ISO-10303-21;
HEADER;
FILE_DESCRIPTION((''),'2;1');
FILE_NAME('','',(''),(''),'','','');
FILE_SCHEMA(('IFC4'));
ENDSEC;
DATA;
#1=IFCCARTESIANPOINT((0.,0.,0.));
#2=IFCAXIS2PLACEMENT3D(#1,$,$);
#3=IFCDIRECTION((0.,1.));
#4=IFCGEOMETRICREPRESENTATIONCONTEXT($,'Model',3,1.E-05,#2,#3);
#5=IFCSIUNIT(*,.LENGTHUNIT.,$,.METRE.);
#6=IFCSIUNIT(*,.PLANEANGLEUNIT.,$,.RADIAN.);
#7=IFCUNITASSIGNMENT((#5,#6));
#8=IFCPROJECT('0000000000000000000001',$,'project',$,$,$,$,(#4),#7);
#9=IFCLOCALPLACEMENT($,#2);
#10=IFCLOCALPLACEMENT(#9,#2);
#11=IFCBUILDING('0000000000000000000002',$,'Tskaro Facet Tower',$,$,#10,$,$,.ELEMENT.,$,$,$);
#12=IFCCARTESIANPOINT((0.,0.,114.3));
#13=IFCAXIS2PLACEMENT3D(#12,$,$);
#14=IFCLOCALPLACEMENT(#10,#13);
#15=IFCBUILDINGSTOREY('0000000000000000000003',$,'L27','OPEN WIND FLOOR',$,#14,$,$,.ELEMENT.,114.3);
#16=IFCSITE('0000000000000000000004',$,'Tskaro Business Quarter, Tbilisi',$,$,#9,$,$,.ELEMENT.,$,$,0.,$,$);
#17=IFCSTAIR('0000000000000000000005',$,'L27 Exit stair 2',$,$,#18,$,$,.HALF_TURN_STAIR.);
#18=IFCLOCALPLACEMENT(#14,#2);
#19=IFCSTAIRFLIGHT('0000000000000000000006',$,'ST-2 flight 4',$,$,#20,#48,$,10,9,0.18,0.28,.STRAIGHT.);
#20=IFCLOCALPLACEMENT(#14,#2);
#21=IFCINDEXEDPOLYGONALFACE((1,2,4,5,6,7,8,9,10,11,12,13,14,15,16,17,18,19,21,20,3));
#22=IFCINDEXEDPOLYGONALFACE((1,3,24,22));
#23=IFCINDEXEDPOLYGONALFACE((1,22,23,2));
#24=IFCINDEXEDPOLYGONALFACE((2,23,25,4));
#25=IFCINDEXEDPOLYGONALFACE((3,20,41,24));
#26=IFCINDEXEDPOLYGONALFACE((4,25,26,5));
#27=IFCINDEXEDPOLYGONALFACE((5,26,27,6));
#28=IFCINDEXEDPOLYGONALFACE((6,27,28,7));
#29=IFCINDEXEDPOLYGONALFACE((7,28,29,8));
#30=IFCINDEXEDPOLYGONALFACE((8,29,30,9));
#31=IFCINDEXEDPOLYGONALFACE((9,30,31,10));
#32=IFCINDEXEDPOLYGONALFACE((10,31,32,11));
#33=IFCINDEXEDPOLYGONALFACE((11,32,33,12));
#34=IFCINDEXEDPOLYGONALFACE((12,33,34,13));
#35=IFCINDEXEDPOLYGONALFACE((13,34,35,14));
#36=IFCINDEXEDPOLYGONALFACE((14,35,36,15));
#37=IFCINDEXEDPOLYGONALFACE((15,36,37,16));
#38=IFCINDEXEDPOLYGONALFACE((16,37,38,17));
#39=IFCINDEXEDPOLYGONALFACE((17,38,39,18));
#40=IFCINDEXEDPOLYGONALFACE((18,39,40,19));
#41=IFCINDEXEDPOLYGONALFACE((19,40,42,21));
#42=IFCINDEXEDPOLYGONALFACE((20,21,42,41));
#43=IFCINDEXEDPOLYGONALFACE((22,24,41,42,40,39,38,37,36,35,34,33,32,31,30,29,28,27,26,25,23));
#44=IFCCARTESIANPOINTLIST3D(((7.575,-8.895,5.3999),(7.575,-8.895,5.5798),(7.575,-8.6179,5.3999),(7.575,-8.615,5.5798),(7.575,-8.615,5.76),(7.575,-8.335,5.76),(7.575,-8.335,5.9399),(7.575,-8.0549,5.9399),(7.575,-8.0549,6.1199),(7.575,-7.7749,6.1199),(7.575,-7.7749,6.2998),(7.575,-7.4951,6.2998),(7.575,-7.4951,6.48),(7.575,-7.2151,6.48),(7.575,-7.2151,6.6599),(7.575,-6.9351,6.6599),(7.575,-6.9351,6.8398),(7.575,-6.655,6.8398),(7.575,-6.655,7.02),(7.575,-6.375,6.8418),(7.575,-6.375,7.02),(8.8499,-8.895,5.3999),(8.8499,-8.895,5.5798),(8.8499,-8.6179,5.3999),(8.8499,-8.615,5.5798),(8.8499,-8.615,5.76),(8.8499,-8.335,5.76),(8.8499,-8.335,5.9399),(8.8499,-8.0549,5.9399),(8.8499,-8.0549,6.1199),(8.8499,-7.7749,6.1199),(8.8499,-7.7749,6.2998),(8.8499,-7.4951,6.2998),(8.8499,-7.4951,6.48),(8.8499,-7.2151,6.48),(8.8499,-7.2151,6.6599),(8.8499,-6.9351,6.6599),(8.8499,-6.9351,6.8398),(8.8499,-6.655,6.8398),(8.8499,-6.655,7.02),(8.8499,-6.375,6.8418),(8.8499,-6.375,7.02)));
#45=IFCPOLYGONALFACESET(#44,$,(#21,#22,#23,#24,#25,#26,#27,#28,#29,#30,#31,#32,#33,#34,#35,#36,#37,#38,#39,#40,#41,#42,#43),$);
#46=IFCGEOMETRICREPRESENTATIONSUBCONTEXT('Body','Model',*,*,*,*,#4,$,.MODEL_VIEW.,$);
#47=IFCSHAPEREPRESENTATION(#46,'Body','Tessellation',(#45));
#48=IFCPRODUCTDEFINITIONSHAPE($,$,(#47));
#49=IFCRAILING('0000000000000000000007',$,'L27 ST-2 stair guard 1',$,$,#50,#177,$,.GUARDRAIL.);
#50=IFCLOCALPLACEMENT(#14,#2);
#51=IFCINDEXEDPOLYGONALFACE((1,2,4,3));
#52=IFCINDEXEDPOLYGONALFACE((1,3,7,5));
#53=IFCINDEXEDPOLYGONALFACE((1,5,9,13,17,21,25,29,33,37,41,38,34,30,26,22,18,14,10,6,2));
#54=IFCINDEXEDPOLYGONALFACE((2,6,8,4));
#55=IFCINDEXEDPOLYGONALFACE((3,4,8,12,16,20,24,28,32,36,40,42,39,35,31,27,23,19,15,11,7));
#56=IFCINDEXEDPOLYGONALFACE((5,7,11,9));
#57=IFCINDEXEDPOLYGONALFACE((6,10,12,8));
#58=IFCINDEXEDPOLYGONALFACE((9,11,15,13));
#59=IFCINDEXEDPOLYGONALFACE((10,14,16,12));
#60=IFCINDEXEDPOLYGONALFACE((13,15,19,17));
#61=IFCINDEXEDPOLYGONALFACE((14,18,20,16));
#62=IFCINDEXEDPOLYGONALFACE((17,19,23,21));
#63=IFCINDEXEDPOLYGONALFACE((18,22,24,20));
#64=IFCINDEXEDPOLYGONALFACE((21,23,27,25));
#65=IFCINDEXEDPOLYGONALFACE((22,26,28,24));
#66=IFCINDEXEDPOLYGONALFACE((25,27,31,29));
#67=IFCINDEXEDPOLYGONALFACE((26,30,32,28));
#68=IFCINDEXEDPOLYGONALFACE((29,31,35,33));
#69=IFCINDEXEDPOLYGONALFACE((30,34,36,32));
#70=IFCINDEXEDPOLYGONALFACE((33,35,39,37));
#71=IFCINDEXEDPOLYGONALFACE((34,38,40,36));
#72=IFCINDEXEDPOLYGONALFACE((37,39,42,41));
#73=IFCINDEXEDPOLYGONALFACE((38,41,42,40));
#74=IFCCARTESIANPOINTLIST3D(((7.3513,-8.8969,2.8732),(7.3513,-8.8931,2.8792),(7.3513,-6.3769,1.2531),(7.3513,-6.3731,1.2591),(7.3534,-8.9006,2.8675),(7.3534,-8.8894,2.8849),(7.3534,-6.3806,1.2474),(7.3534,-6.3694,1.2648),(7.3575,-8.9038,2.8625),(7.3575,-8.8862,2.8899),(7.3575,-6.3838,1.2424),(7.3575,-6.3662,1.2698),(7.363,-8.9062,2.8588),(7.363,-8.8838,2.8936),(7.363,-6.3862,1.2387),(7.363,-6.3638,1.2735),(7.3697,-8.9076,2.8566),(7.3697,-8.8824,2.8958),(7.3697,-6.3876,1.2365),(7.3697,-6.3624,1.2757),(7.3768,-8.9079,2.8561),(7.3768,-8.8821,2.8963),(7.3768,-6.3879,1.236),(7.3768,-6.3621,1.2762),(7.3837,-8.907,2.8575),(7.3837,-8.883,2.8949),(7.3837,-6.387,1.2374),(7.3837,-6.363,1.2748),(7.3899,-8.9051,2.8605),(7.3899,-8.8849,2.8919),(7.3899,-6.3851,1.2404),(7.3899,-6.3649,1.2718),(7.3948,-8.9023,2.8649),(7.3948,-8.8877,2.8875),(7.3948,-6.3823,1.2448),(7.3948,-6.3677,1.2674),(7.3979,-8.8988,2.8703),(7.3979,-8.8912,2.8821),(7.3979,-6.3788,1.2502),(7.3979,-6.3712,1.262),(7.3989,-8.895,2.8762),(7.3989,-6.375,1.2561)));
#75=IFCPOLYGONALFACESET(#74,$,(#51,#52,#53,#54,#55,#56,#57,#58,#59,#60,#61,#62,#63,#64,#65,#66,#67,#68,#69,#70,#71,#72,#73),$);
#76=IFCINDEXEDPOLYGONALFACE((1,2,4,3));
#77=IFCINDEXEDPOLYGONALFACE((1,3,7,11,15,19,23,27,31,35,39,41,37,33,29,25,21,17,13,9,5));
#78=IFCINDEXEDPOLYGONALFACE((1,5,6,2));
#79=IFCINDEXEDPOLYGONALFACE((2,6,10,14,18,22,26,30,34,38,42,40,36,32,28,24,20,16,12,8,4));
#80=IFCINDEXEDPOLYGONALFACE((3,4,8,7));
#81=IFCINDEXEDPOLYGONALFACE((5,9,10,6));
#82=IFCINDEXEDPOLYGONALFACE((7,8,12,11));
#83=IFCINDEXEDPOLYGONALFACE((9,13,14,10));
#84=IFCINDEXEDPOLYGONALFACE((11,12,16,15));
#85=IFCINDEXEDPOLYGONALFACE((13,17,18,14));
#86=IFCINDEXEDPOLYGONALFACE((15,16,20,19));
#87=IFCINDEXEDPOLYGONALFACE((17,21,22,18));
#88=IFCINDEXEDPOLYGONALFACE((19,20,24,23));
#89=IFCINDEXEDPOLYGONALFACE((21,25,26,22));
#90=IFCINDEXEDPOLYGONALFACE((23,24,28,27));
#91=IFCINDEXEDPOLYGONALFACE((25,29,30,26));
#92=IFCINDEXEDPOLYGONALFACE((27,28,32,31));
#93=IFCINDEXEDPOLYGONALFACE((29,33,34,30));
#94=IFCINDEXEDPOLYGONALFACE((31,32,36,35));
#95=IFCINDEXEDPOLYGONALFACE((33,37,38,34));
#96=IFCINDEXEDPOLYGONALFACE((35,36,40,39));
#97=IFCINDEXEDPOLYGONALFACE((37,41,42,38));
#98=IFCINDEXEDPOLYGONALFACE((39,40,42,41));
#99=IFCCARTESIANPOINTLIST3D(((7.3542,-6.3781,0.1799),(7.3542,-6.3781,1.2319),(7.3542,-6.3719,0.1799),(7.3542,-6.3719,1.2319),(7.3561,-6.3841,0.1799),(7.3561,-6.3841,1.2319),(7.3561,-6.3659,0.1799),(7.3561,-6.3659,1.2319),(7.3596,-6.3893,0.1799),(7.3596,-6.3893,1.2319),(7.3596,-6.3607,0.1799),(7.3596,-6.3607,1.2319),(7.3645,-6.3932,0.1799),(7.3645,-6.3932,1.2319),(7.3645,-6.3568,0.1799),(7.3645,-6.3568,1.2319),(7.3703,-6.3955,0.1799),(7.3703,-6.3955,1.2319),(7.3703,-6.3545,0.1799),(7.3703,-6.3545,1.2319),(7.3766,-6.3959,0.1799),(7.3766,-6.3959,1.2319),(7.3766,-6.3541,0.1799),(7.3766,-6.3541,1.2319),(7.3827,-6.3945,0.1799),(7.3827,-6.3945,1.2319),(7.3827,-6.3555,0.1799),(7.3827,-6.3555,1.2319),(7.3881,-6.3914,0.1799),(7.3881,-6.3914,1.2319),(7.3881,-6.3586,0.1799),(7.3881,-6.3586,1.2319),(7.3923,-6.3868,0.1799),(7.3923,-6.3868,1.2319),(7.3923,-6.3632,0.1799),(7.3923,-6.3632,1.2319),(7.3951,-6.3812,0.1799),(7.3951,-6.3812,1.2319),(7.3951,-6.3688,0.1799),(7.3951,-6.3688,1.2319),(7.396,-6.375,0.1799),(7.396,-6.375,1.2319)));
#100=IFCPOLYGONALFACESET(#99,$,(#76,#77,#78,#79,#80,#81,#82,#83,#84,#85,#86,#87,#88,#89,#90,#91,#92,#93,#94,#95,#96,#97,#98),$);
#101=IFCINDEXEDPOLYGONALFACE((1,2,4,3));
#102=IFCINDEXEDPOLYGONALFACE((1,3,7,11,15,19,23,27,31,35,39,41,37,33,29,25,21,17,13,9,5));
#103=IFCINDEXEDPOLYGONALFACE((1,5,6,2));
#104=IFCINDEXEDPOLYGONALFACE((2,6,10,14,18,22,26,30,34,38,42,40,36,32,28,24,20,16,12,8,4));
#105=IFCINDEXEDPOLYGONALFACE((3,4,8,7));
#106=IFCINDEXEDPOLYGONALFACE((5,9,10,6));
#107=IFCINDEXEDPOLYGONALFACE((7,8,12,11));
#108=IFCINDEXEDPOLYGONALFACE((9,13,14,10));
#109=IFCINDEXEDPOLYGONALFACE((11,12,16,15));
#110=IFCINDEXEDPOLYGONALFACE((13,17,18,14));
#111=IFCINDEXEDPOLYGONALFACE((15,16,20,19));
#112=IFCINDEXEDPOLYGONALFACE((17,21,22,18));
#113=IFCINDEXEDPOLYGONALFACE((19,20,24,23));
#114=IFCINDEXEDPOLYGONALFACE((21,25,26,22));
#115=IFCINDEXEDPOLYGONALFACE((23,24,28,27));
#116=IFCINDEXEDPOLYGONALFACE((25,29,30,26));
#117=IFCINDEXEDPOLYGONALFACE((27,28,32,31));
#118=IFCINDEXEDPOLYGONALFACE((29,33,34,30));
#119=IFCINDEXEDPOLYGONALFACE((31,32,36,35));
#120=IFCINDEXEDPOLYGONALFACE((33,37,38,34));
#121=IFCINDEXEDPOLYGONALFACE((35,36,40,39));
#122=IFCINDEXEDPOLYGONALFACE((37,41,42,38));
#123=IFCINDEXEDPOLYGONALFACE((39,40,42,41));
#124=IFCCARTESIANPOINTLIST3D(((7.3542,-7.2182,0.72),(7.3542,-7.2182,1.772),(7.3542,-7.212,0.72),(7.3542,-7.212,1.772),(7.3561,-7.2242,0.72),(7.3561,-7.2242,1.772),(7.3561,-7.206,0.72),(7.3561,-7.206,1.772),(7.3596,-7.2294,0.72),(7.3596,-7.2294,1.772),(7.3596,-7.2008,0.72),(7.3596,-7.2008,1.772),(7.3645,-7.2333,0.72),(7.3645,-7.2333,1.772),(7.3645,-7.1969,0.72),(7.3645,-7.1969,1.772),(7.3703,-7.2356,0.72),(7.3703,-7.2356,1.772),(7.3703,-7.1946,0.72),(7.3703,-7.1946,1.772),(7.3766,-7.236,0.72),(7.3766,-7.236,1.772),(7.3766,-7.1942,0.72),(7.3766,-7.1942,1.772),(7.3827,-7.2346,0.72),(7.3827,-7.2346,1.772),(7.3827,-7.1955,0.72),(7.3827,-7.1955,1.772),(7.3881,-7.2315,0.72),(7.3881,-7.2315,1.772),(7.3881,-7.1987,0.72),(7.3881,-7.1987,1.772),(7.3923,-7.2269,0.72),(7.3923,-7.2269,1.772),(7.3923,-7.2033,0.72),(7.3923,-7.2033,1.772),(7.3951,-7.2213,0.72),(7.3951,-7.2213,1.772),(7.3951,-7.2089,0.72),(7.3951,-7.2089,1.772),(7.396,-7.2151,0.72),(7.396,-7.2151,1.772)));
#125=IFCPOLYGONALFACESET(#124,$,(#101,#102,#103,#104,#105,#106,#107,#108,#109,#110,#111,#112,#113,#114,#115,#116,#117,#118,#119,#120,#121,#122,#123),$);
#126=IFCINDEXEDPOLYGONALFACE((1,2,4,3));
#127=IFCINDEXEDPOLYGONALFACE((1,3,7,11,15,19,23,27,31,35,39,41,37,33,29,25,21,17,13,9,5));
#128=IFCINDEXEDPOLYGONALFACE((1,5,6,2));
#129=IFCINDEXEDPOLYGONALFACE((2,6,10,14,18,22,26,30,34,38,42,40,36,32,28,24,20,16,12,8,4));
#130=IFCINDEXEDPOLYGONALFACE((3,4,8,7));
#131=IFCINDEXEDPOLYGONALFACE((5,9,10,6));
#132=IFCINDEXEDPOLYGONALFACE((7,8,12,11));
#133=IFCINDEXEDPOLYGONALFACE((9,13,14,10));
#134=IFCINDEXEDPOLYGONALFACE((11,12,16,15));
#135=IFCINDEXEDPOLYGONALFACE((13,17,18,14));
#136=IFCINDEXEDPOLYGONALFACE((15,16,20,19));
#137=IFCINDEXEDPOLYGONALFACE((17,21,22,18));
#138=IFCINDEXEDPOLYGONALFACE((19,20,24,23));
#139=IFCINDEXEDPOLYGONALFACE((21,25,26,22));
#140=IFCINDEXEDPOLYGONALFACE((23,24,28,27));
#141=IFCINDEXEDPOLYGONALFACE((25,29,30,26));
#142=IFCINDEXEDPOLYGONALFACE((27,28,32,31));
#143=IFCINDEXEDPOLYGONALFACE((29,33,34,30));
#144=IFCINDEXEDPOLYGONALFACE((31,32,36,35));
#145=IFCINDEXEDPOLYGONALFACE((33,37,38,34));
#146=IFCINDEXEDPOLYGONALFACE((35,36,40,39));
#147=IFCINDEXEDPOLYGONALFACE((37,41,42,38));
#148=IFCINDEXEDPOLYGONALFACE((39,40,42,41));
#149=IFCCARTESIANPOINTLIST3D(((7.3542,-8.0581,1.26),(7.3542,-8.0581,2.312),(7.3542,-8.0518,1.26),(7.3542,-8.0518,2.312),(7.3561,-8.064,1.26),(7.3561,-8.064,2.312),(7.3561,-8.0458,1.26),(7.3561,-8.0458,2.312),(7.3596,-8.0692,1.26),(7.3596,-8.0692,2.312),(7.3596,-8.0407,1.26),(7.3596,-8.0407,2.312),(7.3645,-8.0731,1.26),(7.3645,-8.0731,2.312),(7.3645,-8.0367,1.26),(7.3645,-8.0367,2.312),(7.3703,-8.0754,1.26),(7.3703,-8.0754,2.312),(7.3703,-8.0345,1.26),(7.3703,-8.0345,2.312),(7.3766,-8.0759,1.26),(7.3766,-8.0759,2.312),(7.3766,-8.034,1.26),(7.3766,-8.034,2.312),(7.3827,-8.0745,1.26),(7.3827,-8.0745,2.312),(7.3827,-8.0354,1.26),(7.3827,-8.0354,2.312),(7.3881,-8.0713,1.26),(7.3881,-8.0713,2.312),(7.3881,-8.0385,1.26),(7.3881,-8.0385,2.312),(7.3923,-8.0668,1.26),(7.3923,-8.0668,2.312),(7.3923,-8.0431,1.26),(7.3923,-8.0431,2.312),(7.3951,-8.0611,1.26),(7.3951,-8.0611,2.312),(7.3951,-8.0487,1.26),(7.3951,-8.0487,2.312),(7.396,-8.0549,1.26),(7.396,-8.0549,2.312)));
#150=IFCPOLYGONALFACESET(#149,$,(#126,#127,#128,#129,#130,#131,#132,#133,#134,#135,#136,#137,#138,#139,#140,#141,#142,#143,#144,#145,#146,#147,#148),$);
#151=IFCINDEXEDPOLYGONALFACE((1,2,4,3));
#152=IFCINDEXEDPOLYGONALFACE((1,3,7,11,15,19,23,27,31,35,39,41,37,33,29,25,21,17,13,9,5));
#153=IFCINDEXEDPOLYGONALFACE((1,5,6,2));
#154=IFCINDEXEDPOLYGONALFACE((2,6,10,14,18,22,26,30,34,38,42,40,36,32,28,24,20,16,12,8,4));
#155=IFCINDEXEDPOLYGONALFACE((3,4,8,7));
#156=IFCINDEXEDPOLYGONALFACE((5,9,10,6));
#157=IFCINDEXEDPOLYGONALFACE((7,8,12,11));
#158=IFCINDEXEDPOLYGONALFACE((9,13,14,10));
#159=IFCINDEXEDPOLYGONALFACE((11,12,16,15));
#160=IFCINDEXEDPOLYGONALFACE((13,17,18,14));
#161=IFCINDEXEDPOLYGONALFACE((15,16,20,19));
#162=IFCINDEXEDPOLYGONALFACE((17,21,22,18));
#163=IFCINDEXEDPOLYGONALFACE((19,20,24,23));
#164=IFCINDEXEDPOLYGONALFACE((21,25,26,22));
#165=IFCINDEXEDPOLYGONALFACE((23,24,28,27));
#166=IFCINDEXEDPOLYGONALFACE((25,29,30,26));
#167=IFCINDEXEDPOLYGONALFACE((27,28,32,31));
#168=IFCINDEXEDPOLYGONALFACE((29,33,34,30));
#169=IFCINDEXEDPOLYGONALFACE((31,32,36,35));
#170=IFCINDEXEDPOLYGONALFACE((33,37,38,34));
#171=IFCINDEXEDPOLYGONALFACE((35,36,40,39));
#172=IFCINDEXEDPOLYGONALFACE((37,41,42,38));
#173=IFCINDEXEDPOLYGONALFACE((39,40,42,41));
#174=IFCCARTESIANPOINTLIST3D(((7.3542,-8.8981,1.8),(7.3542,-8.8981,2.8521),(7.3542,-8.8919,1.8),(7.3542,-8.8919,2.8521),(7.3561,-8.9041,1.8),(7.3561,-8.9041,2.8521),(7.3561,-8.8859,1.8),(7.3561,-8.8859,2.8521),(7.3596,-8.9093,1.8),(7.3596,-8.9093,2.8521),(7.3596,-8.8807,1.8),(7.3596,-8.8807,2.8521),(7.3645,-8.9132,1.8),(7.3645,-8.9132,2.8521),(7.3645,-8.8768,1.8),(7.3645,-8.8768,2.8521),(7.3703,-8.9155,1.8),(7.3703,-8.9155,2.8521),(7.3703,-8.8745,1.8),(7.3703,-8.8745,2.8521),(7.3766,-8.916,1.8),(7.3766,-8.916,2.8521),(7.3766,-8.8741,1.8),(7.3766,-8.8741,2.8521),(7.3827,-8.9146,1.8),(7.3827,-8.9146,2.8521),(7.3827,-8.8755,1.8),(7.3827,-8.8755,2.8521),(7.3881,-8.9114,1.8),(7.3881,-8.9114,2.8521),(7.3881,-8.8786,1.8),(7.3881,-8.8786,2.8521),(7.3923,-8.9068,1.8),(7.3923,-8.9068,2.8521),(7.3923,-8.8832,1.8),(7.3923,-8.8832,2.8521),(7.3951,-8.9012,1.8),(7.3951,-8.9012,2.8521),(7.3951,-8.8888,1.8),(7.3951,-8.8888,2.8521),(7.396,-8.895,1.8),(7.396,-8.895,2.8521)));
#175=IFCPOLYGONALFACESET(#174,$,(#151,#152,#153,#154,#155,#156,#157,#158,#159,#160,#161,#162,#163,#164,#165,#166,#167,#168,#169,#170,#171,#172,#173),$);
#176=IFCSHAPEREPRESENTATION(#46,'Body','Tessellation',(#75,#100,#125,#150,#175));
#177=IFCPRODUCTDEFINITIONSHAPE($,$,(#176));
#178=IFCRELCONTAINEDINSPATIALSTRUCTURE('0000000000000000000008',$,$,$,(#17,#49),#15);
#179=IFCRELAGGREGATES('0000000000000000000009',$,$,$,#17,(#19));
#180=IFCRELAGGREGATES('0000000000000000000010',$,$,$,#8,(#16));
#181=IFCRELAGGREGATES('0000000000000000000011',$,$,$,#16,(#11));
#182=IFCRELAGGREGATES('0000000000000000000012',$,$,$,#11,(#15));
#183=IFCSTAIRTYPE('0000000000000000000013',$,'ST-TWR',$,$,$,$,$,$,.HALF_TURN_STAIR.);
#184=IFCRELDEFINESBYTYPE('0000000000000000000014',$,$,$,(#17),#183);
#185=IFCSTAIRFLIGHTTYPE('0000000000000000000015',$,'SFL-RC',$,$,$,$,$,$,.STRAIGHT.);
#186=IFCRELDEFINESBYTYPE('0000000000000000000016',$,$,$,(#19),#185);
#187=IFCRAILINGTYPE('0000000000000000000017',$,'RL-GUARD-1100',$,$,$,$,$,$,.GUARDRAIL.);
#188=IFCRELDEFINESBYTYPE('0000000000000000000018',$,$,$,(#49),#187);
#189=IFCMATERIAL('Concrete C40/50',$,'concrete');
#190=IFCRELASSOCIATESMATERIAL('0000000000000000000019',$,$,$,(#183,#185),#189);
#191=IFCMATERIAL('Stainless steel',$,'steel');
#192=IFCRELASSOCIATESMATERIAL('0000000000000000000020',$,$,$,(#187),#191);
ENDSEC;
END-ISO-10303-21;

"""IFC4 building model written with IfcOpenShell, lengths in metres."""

from ifc_helpers import new_model, si_unit, direction, frame, origin, origin_2d, place, context, subcontext, project, spatial, polyline, circle, outline, extrude, material, type_object, element, aggregate, save


model = new_model("IFC4")

# Units and contexts
model_context = context("Model", 3, precision=1e-05, world=origin(), true_north=direction((0.0, 1.0)))
body_context = subcontext(model_context, "Body", "Model", "MODEL_VIEW")
ifc_project = project(units=[si_unit("LENGTHUNIT", "METRE"), si_unit("PLANEANGLEUNIT", "RADIAN")], contexts=[model_context])

# Site, building, storey
site_placement = place(None, origin())
site = spatial("IfcSite", under=ifc_project, at=site_placement, Name="Tskaro Business Quarter, Tbilisi", CompositionType="ELEMENT", RefElevation=0.0)
building_placement = place(site_placement, origin())
building = spatial("IfcBuilding", under=site, at=building_placement, Name="Tskaro Facet Tower", CompositionType="ELEMENT")
storey_placement = place(building_placement, frame((0.0, 0.0, 114.3)))
storey = spatial("IfcBuildingStorey", under=building, at=storey_placement, Name="L27", Description="OPEN WIND FLOOR", CompositionType="ELEMENT", Elevation=114.3)

# Shared definitions
ifc_material_1 = material(Name="Concrete C40/50", Category="concrete")

# Stair, stair flight
stair_type = type_object("IfcStairType", Name="ST-TWR", PredefinedType="HALF_TURN_STAIR", material=ifc_material_1)
stair_placement = place(storey_placement, origin())
stair = element("IfcStair", 1, at=stair_placement, inside=storey, type_object=stair_type, Name="L27 Exit stair 2", PredefinedType="HALF_TURN_STAIR")
stair_flight_type = type_object("IfcStairFlightType", Name="SFL-RC", PredefinedType="STRAIGHT", material=ifc_material_1)
stair_flight_1_placement = place(storey_placement, frame((8.2124, -8.895, 5.3999), z_axis=(0.0, 0.0, 1.0), x_axis=(0.0, 1.0, 0.0)))
stair_flight_1 = element("IfcStairFlight", 2, at=stair_flight_1_placement, type_object=stair_flight_type, Name="ST-2 flight 4", NumberOfRisers=10, NumberOfTreads=9, PredefinedType="STRAIGHT", RiserHeight=0.18, TreadLength=0.28, context=body_context, shape_type="SweptSolid", body=[
    extrude(outline(polyline([(0.0, 0.0), (0.0, 0.1799), (0.28, 0.1799), (0.28, 0.3601), (0.5601, 0.3601), (0.5601, 0.54), (0.8401, 0.54), (0.8401, 0.72), (1.1201, 0.72), (1.1201, 0.8999), (1.3999, 0.8999), (1.3999, 1.0801), (1.6799, 1.0801), (1.6799, 1.26), (1.96, 1.26), (1.96, 1.4399), (2.24, 1.4399), (2.24, 1.6201), (2.52, 1.6201), (2.52, 1.8), (2.52, 1.4419), (0.2771, 0.0), (0.0, 0.0)])), frame((0.0, 0.6375, 0.0), z_axis=(0.0, -1.0, 0.0), x_axis=(1.0, 0.0, 0.0)), (0.0, 0.0, 1.0), 1.2749),
])
aggregate(stair, [stair_flight_1])

# Railing
ifc_material_2 = material(Name="Stainless steel", Category="steel")
railing_type_1 = type_object("IfcRailingType", Name="RL-GUARD-1100", PredefinedType="GUARDRAIL", material=ifc_material_2)
railing_1_placement = place(storey_placement, frame((7.375, -6.375, 0.1799)))
element("IfcRailing", 3, at=railing_1_placement, inside=storey, type_object=railing_type_1, Name="L27 ST-2 stair guard 1", PredefinedType="GUARDRAIL", context=body_context, shape_type="SweptSolid", body=[
    extrude(circle(Radius=0.0239, at=origin_2d()), frame((0.0, 0.0, 1.0762), z_axis=(0.0, -0.841163, 0.540782), x_axis=(1.0, 0.0, 0.0)), (0.0, 0.0, 1.0), 2.9958),
    extrude(circle(Radius=0.021, at=origin_2d()), origin(), (0.0, 0.0, 1.0), 1.052),
    extrude(circle(Radius=0.021, at=origin_2d()), frame((0.0, -0.8401, 0.54)), (0.0, 0.0, 1.0), 1.052),
    extrude(circle(Radius=0.021, at=origin_2d()), frame((0.0, -1.6799, 1.0801)), (0.0, 0.0, 1.0), 1.052),
    extrude(circle(Radius=0.021, at=origin_2d()), frame((0.0, -2.52, 1.6201)), (0.0, 0.0, 1.0), 1.052),
])

save(model, "model.ifc")
